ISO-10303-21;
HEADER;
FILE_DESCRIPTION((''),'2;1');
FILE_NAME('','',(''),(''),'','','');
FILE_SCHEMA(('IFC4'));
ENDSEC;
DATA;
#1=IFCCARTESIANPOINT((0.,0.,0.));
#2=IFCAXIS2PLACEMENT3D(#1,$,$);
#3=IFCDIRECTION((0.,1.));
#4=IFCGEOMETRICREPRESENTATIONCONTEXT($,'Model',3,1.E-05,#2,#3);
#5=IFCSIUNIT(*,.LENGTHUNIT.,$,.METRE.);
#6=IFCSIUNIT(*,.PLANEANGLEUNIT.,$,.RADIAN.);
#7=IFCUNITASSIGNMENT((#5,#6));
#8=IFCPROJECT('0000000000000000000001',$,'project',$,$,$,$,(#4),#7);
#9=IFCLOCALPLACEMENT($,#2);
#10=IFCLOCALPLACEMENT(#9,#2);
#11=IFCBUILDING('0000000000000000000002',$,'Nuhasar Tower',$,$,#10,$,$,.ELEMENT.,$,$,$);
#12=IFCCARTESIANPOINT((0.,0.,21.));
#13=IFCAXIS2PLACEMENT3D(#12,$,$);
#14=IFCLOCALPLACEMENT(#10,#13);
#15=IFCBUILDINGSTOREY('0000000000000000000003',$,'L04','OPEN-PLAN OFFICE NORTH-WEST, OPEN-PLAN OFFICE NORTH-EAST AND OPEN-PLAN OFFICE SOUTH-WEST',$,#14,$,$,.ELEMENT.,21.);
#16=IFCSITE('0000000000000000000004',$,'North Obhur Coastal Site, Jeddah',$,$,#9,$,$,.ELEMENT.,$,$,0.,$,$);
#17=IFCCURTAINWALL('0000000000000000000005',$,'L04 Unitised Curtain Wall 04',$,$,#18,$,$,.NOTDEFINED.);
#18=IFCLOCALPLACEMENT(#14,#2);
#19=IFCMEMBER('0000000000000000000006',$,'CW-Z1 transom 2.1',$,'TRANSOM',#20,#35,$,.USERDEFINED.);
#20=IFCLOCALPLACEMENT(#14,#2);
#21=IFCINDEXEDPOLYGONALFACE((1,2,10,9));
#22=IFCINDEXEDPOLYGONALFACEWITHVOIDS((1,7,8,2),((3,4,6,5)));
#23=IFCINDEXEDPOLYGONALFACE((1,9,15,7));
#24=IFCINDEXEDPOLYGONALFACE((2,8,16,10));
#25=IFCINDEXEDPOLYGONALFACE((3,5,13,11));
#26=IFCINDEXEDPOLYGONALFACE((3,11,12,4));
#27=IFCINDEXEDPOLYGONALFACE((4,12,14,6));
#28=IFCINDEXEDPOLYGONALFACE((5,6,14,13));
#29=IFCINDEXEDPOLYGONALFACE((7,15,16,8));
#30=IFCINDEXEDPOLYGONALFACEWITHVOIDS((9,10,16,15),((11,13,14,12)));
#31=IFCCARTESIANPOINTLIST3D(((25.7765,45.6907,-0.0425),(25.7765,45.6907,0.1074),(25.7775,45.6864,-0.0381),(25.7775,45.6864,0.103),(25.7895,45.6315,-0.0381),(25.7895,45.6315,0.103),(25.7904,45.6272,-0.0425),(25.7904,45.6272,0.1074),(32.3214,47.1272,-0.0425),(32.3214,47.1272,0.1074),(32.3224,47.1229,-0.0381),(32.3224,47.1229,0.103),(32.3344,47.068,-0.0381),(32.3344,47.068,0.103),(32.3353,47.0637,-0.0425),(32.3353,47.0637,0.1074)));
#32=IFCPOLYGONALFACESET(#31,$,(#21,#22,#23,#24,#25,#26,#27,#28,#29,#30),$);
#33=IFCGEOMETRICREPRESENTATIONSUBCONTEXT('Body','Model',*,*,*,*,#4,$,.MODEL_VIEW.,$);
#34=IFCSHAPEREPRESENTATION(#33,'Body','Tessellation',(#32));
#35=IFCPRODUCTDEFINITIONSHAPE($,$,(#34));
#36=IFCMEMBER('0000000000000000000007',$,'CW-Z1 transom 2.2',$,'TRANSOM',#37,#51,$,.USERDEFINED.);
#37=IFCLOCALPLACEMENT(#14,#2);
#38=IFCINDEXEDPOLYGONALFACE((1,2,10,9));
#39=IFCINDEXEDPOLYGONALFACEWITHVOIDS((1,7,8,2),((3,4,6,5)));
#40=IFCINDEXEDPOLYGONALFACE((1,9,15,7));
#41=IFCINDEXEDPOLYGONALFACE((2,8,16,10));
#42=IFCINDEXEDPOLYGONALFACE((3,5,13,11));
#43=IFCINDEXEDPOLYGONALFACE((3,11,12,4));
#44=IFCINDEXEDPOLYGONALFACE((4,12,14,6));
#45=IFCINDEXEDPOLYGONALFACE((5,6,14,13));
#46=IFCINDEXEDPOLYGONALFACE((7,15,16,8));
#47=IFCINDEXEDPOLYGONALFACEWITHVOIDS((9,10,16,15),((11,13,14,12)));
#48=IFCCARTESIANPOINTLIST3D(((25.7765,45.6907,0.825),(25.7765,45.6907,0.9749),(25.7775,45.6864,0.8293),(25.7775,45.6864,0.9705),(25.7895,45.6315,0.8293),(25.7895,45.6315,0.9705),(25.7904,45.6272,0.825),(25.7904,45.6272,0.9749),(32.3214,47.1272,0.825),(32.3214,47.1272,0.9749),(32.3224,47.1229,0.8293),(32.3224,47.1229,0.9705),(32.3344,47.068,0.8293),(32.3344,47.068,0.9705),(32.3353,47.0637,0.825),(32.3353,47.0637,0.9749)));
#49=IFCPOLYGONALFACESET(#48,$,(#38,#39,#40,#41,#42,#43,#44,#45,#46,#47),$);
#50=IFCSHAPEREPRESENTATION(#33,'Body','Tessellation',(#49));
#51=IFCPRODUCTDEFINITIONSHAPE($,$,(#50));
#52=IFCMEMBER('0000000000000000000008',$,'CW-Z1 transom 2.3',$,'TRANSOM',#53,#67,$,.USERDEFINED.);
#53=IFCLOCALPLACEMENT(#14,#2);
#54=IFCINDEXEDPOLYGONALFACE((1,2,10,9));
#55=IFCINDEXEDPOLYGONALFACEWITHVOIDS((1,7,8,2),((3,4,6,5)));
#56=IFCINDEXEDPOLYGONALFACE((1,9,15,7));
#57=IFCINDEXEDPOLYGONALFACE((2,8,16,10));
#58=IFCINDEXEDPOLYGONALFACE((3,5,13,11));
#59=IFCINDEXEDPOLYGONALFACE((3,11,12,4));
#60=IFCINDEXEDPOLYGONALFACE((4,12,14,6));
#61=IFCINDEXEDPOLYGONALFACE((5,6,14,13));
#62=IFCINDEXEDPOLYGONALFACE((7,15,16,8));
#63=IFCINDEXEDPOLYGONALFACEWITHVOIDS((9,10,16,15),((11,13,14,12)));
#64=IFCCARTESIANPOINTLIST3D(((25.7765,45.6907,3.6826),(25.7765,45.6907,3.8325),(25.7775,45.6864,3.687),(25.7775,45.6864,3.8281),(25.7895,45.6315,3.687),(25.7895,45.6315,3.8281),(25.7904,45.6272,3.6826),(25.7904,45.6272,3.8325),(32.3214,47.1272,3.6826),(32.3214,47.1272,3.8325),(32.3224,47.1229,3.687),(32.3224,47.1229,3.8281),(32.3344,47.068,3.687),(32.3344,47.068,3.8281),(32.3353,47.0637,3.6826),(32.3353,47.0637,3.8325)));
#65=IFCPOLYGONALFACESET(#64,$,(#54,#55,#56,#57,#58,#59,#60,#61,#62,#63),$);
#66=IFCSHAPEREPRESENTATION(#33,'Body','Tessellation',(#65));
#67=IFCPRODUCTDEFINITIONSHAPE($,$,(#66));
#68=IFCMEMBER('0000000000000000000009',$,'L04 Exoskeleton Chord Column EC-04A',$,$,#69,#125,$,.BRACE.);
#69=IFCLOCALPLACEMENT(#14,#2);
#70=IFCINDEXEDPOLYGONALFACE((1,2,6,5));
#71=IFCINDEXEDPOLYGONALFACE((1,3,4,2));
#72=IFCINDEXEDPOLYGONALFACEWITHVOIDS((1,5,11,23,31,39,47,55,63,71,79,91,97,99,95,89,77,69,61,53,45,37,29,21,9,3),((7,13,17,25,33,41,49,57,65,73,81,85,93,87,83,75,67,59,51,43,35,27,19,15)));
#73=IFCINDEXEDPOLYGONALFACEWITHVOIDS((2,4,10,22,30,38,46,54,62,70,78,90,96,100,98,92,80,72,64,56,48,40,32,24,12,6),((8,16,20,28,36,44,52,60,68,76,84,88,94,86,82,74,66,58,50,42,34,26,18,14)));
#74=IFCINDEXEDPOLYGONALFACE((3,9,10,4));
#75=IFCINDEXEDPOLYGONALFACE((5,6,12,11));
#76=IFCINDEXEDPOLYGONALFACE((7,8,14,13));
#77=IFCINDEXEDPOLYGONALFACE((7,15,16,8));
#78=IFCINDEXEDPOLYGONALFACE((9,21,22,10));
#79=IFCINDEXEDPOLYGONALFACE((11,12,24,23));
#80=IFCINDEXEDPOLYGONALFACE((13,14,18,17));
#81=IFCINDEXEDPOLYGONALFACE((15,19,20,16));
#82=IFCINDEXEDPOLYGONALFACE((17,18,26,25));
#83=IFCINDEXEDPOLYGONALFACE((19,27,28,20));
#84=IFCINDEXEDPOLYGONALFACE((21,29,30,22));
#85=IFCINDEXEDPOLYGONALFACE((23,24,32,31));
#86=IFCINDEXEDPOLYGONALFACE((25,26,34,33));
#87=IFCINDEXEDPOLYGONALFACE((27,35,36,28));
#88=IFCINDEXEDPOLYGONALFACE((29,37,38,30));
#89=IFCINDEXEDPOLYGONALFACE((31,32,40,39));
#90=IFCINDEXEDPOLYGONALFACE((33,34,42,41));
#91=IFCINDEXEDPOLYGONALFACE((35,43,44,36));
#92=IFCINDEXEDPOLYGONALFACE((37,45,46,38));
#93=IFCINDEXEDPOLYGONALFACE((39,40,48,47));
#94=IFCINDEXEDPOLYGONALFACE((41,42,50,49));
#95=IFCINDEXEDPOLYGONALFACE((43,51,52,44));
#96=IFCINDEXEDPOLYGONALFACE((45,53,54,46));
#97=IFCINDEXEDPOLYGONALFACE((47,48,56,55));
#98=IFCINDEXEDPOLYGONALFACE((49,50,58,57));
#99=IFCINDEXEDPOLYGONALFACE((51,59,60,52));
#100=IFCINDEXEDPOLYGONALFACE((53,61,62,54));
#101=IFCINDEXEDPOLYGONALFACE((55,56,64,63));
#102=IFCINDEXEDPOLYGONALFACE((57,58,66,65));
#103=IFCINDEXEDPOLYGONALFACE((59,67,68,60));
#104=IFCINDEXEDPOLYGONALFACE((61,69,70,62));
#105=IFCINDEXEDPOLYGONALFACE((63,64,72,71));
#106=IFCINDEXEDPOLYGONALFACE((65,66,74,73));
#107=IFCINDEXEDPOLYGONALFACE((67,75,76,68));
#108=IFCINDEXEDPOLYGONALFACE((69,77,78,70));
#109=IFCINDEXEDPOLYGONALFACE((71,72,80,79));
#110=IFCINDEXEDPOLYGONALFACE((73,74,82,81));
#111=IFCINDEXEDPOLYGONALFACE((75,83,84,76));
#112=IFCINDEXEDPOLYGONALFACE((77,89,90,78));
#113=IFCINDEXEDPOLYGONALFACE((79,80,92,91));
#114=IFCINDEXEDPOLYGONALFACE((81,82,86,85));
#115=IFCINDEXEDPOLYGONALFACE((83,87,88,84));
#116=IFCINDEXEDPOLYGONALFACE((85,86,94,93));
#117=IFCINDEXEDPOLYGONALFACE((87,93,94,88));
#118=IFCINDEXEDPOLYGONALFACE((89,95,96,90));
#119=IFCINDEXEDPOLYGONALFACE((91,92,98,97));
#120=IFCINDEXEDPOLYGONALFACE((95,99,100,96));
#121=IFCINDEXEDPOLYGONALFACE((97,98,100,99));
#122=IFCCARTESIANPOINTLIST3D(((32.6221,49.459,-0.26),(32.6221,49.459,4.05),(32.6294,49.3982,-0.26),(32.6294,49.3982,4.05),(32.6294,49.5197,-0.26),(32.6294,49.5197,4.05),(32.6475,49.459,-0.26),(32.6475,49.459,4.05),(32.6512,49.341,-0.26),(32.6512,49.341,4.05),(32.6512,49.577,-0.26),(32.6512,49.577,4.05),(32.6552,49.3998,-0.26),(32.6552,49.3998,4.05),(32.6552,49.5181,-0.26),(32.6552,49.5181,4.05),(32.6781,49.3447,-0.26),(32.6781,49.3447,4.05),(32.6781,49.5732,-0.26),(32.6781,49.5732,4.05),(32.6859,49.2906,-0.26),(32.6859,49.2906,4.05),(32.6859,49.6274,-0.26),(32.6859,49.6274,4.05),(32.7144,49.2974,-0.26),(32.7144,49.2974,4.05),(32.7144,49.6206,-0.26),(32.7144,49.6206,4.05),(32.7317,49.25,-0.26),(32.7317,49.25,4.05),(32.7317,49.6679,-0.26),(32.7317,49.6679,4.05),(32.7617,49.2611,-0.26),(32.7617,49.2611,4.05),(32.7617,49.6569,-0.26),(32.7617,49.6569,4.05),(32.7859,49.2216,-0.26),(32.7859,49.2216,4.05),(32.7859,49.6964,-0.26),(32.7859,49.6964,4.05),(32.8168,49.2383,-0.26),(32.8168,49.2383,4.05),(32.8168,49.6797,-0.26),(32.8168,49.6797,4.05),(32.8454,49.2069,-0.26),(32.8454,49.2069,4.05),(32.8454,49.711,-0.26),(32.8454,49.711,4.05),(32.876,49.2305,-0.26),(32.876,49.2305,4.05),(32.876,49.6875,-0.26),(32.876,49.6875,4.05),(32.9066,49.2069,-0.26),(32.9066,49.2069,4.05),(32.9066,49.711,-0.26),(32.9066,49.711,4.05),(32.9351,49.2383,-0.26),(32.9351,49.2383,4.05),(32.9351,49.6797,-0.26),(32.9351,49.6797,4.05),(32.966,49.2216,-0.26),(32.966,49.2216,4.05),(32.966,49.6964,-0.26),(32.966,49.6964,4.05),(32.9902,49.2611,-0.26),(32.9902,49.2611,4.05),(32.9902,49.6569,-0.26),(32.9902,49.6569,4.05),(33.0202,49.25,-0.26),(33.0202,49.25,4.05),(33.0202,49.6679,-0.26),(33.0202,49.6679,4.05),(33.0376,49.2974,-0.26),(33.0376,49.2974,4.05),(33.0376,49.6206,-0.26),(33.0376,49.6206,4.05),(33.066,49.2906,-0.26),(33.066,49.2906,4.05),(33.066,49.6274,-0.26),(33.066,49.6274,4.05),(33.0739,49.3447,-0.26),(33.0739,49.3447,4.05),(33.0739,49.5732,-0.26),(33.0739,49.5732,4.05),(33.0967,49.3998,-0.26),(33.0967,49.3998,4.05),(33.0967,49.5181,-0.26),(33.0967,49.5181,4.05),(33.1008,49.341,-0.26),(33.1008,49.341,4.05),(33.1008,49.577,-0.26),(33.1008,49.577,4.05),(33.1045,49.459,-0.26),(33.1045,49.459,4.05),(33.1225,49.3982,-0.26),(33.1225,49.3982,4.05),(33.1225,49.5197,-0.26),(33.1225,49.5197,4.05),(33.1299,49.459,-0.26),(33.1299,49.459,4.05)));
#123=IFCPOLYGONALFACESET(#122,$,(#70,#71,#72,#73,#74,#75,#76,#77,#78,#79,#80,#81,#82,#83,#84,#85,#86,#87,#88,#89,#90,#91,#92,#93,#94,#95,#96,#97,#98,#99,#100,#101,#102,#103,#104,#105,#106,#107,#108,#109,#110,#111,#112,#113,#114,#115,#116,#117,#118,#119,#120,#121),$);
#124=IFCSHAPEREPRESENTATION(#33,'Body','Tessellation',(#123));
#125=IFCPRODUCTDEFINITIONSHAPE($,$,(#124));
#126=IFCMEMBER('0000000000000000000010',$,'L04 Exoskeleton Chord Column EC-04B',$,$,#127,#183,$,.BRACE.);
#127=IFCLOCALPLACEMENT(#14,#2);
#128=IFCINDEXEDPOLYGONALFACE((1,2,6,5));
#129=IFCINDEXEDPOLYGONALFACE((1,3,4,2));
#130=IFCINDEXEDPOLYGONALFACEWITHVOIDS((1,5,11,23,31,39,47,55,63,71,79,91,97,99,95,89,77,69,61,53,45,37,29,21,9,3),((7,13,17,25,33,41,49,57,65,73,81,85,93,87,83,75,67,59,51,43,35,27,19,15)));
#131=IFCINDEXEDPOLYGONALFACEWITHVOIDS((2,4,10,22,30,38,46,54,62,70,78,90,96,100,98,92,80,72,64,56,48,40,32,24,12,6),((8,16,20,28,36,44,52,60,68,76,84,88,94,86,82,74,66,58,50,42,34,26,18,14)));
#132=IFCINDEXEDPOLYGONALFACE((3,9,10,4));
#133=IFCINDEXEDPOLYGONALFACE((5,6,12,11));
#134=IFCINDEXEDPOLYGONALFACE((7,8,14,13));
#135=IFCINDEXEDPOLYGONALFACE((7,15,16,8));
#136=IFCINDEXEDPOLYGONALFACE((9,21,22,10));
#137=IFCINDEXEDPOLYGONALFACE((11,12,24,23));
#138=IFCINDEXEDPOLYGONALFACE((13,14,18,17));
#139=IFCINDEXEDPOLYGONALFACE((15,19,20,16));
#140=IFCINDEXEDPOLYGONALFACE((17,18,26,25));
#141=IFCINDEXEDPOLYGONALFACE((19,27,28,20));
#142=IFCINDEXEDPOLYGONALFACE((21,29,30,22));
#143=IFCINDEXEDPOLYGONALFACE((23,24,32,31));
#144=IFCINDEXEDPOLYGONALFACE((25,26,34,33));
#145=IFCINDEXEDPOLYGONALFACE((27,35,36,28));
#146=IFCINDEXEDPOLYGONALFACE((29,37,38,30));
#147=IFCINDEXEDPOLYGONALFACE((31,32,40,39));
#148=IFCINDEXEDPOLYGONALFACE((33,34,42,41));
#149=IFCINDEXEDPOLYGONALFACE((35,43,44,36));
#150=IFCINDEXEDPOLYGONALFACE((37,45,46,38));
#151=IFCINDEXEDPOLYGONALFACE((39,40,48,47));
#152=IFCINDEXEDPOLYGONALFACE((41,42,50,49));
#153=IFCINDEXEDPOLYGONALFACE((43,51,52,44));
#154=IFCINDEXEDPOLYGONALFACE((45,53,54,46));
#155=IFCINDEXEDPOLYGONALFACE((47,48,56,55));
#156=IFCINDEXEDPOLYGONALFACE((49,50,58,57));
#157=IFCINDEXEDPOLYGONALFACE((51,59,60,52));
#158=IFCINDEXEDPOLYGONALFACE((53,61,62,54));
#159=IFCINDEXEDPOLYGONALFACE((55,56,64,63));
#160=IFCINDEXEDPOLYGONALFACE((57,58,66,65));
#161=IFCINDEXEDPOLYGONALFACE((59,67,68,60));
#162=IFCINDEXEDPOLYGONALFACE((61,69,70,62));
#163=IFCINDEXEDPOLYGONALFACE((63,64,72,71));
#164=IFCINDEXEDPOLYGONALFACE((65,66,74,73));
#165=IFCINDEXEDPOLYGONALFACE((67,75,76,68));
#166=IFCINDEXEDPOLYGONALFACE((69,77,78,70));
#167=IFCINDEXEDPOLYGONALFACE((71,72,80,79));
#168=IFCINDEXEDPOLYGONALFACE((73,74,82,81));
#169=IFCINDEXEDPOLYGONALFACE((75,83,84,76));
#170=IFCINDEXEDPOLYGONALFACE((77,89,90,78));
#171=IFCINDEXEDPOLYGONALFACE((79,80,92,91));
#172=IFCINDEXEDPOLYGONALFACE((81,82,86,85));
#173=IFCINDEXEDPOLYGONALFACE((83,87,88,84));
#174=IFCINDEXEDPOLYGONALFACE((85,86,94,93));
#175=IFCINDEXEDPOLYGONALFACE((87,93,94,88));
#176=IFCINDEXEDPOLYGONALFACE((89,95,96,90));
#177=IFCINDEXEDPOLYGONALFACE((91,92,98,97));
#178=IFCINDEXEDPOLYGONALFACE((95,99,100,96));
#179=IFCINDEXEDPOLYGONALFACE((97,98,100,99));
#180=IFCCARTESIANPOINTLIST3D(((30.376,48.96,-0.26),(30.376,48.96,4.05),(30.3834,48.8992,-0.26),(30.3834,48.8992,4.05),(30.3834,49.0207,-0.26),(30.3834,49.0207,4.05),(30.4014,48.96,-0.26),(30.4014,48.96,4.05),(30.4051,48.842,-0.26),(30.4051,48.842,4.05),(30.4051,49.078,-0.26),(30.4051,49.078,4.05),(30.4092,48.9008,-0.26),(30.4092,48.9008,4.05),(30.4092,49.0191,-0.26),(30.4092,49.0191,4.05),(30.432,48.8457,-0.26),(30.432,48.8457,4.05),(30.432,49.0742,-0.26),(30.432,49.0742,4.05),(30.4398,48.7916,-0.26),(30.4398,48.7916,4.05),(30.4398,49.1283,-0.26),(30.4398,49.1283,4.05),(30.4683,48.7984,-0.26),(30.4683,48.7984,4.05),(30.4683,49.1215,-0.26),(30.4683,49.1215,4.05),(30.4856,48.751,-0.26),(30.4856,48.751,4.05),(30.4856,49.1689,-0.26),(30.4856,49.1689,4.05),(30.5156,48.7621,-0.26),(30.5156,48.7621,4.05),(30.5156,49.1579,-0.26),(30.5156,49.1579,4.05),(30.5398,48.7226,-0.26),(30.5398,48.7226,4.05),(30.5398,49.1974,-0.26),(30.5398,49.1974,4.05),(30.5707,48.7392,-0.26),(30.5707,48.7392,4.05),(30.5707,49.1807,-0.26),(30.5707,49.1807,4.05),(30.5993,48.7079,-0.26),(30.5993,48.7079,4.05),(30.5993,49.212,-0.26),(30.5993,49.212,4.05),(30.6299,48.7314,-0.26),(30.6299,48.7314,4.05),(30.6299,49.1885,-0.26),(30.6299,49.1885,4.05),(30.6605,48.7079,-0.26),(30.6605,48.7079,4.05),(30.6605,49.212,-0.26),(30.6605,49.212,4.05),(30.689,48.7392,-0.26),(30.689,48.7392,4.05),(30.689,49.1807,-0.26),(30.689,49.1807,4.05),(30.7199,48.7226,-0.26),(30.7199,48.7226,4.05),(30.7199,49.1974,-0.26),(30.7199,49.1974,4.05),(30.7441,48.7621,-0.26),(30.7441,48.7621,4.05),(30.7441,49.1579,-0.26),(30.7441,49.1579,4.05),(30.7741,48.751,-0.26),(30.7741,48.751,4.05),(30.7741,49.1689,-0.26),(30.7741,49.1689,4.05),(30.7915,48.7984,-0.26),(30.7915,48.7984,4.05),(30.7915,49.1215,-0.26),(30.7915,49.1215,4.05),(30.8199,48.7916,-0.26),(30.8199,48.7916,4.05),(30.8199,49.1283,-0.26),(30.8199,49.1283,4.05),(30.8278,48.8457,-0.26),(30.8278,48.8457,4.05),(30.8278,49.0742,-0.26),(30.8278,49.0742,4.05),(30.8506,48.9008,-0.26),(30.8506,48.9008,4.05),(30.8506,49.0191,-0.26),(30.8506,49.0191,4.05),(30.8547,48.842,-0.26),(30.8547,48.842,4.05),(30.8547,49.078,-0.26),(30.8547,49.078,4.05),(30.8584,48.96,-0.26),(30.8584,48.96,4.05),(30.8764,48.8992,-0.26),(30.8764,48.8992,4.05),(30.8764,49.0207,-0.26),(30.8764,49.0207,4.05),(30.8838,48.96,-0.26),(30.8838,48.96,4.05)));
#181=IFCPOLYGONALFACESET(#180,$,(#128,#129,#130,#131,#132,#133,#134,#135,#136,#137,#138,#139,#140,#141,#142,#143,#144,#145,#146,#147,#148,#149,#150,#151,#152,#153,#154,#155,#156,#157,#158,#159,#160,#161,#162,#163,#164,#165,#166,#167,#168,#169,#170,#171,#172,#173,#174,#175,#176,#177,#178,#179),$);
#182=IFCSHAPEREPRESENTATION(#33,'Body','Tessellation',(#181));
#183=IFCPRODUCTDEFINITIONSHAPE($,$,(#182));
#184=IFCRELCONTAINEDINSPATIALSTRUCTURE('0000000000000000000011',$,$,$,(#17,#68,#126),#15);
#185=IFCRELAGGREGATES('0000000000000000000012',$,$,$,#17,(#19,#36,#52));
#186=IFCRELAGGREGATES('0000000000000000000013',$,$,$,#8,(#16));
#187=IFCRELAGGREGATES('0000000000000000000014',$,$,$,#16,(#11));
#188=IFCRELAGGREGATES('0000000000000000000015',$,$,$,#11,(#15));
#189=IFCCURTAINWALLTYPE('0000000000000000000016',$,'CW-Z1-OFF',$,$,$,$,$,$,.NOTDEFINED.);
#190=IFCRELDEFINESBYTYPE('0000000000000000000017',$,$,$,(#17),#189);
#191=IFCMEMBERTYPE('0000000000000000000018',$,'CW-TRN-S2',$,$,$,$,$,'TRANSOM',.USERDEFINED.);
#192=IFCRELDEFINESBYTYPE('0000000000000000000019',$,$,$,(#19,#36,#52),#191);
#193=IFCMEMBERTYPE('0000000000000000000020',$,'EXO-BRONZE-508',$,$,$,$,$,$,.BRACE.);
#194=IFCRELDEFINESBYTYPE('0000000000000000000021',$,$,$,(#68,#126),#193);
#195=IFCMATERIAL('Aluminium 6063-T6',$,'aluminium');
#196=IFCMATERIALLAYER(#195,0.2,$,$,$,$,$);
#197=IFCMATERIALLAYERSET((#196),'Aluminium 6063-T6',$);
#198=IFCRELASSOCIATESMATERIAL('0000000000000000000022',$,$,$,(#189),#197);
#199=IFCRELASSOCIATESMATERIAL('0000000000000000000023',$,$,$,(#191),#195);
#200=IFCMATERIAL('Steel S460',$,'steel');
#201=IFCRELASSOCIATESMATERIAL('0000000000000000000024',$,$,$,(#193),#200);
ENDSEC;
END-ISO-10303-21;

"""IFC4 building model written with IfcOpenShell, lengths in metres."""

from ifc_helpers import new_model, si_unit, direction, frame, origin, origin_2d, place, context, subcontext, project, spatial, hollow_rectangle, hollow_circle, extrude, material, layer, layer_set, material_profile, profile_set, type_object, element, aggregate, save


model = new_model("IFC4")

# Units and contexts
model_context = context("Model", 3, precision=1e-05, world=origin(), true_north=direction((0.0, 1.0)))
body_context = subcontext(model_context, "Body", "Model", "MODEL_VIEW")
ifc_project = project(units=[si_unit("LENGTHUNIT", "METRE"), si_unit("PLANEANGLEUNIT", "RADIAN")], contexts=[model_context])

# Site, building, storey
site_placement = place(None, origin())
site = spatial("IfcSite", under=ifc_project, at=site_placement, Name="North Obhur Coastal Site, Jeddah", CompositionType="ELEMENT", RefElevation=0.0)
building_placement = place(site_placement, origin())
building = spatial("IfcBuilding", under=site, at=building_placement, Name="Nuhasar Tower", CompositionType="ELEMENT")
storey_placement = place(building_placement, frame((0.0, 0.0, 21.0)))
storey = spatial("IfcBuildingStorey", under=building, at=storey_placement, Name="L04", Description="OPEN-PLAN OFFICE NORTH-WEST, OPEN-PLAN OFFICE NORTH-EAST AND OPEN-PLAN OFFICE SOUTH-WEST", CompositionType="ELEMENT", Elevation=21.0)

# Shared definitions
ifc_material_1 = material(Name="Steel S460", Category="steel")

# Curtain wall, members
ifc_material_2 = material(Name="Aluminium 6063-T6", Category="aluminium")
ifc_layer_1 = layer(ifc_material_2, 0.2)
ifc_layer_set_1 = layer_set([ifc_layer_1], Name="Aluminium 6063-T6")
curtain_wall_type = type_object("IfcCurtainWallType", Name="CW-Z1-OFF", PredefinedType="NOTDEFINED", material=ifc_layer_set_1)
curtain_wall_placement = place(storey_placement, origin())
curtain_wall = element("IfcCurtainWall", 1, at=curtain_wall_placement, inside=storey, type_object=curtain_wall_type, Name="L04 Unitised Curtain Wall 04", PredefinedType="NOTDEFINED")
ifc_material_profile_1 = material_profile(ifc_material_2, hollow_rectangle(XDim=0.0649, YDim=0.1499, WallThickness=0.0044, at=origin_2d()), Name="CWT-2")
ifc_profile_set_1 = profile_set([ifc_material_profile_1], Name="Aluminium 6063-T6")
member_type_1 = type_object("IfcMemberType", Name="CW-TRN-S2", ElementType="TRANSOM", PredefinedType="USERDEFINED", material=ifc_profile_set_1)
member_1_placement = place(storey_placement, frame((32.3284, 47.0955, 0.0325), z_axis=(-0.97675, -0.214384, 0.0), x_axis=(0.214384, -0.97675, 0.0)))
member_1 = element("IfcMember", 2, at=member_1_placement, type_object=member_type_1, Name="CW-Z1 transom 2.1", ObjectType="TRANSOM", PredefinedType="USERDEFINED", context=body_context, shape_type="SweptSolid", body=[
    extrude(hollow_rectangle(XDim=0.0649, YDim=0.1499, WallThickness=0.0044, at=origin_2d()), origin(), (0.0, 0.0, 1.0), 6.7007),
])
member_2_placement = place(storey_placement, frame((32.3284, 47.0955, 0.8999), z_axis=(-0.97675, -0.214384, 0.0), x_axis=(0.214384, -0.97675, 0.0)))
member_2 = element("IfcMember", 3, at=member_2_placement, type_object=member_type_1, Name="CW-Z1 transom 2.2", ObjectType="TRANSOM", PredefinedType="USERDEFINED", context=body_context, shape_type="SweptSolid", body=[
    extrude(hollow_rectangle(XDim=0.0649, YDim=0.1499, WallThickness=0.0044, at=origin_2d()), origin(), (0.0, 0.0, 1.0), 6.7007),
])
member_3_placement = place(storey_placement, frame((32.3284, 47.0955, 3.7576), z_axis=(-0.97675, -0.214384, 0.0), x_axis=(0.214384, -0.97675, 0.0)))
member_3 = element("IfcMember", 4, at=member_3_placement, type_object=member_type_1, Name="CW-Z1 transom 2.3", ObjectType="TRANSOM", PredefinedType="USERDEFINED", context=body_context, shape_type="SweptSolid", body=[
    extrude(hollow_rectangle(XDim=0.0649, YDim=0.1499, WallThickness=0.0044, at=origin_2d()), origin(), (0.0, 0.0, 1.0), 6.7007),
])

# Members
ifc_material_profile_2 = material_profile(ifc_material_1, hollow_circle(Radius=0.2539, WallThickness=0.0254, at=origin_2d()), Name="HSS508X25.4")
ifc_profile_set_2 = profile_set([ifc_material_profile_2], Name="Steel S460")
member_type_2 = type_object("IfcMemberType", Name="EXO-BRONZE-508", PredefinedType="BRACE", material=ifc_profile_set_2)
for number, where, z_axis, x_axis, name in (
    (5, (32.876, 49.459, -0.26), (0.0, 0.0, 1.0), (1.0, 0.0, 0.0), "L04 Exoskeleton Chord Column EC-04A"),
    (6, (30.6299, 48.96, -0.26), (0.0, 0.0, 1.0), (1.0, 0.0, 0.0), "L04 Exoskeleton Chord Column EC-04B"),
):
    element("IfcMember", number, at=place(storey_placement, frame(where, z_axis=z_axis, x_axis=x_axis)), inside=storey, type_object=member_type_2, Name=name, PredefinedType="BRACE", context=body_context, shape_type="SweptSolid", body=[
        extrude(hollow_circle(Radius=0.2539, WallThickness=0.0254, at=origin_2d()), origin(), (0.0, 0.0, 1.0), 4.3101),
    ])

aggregate(curtain_wall, [member_1, member_2, member_3])

save(model, "model.ifc")
